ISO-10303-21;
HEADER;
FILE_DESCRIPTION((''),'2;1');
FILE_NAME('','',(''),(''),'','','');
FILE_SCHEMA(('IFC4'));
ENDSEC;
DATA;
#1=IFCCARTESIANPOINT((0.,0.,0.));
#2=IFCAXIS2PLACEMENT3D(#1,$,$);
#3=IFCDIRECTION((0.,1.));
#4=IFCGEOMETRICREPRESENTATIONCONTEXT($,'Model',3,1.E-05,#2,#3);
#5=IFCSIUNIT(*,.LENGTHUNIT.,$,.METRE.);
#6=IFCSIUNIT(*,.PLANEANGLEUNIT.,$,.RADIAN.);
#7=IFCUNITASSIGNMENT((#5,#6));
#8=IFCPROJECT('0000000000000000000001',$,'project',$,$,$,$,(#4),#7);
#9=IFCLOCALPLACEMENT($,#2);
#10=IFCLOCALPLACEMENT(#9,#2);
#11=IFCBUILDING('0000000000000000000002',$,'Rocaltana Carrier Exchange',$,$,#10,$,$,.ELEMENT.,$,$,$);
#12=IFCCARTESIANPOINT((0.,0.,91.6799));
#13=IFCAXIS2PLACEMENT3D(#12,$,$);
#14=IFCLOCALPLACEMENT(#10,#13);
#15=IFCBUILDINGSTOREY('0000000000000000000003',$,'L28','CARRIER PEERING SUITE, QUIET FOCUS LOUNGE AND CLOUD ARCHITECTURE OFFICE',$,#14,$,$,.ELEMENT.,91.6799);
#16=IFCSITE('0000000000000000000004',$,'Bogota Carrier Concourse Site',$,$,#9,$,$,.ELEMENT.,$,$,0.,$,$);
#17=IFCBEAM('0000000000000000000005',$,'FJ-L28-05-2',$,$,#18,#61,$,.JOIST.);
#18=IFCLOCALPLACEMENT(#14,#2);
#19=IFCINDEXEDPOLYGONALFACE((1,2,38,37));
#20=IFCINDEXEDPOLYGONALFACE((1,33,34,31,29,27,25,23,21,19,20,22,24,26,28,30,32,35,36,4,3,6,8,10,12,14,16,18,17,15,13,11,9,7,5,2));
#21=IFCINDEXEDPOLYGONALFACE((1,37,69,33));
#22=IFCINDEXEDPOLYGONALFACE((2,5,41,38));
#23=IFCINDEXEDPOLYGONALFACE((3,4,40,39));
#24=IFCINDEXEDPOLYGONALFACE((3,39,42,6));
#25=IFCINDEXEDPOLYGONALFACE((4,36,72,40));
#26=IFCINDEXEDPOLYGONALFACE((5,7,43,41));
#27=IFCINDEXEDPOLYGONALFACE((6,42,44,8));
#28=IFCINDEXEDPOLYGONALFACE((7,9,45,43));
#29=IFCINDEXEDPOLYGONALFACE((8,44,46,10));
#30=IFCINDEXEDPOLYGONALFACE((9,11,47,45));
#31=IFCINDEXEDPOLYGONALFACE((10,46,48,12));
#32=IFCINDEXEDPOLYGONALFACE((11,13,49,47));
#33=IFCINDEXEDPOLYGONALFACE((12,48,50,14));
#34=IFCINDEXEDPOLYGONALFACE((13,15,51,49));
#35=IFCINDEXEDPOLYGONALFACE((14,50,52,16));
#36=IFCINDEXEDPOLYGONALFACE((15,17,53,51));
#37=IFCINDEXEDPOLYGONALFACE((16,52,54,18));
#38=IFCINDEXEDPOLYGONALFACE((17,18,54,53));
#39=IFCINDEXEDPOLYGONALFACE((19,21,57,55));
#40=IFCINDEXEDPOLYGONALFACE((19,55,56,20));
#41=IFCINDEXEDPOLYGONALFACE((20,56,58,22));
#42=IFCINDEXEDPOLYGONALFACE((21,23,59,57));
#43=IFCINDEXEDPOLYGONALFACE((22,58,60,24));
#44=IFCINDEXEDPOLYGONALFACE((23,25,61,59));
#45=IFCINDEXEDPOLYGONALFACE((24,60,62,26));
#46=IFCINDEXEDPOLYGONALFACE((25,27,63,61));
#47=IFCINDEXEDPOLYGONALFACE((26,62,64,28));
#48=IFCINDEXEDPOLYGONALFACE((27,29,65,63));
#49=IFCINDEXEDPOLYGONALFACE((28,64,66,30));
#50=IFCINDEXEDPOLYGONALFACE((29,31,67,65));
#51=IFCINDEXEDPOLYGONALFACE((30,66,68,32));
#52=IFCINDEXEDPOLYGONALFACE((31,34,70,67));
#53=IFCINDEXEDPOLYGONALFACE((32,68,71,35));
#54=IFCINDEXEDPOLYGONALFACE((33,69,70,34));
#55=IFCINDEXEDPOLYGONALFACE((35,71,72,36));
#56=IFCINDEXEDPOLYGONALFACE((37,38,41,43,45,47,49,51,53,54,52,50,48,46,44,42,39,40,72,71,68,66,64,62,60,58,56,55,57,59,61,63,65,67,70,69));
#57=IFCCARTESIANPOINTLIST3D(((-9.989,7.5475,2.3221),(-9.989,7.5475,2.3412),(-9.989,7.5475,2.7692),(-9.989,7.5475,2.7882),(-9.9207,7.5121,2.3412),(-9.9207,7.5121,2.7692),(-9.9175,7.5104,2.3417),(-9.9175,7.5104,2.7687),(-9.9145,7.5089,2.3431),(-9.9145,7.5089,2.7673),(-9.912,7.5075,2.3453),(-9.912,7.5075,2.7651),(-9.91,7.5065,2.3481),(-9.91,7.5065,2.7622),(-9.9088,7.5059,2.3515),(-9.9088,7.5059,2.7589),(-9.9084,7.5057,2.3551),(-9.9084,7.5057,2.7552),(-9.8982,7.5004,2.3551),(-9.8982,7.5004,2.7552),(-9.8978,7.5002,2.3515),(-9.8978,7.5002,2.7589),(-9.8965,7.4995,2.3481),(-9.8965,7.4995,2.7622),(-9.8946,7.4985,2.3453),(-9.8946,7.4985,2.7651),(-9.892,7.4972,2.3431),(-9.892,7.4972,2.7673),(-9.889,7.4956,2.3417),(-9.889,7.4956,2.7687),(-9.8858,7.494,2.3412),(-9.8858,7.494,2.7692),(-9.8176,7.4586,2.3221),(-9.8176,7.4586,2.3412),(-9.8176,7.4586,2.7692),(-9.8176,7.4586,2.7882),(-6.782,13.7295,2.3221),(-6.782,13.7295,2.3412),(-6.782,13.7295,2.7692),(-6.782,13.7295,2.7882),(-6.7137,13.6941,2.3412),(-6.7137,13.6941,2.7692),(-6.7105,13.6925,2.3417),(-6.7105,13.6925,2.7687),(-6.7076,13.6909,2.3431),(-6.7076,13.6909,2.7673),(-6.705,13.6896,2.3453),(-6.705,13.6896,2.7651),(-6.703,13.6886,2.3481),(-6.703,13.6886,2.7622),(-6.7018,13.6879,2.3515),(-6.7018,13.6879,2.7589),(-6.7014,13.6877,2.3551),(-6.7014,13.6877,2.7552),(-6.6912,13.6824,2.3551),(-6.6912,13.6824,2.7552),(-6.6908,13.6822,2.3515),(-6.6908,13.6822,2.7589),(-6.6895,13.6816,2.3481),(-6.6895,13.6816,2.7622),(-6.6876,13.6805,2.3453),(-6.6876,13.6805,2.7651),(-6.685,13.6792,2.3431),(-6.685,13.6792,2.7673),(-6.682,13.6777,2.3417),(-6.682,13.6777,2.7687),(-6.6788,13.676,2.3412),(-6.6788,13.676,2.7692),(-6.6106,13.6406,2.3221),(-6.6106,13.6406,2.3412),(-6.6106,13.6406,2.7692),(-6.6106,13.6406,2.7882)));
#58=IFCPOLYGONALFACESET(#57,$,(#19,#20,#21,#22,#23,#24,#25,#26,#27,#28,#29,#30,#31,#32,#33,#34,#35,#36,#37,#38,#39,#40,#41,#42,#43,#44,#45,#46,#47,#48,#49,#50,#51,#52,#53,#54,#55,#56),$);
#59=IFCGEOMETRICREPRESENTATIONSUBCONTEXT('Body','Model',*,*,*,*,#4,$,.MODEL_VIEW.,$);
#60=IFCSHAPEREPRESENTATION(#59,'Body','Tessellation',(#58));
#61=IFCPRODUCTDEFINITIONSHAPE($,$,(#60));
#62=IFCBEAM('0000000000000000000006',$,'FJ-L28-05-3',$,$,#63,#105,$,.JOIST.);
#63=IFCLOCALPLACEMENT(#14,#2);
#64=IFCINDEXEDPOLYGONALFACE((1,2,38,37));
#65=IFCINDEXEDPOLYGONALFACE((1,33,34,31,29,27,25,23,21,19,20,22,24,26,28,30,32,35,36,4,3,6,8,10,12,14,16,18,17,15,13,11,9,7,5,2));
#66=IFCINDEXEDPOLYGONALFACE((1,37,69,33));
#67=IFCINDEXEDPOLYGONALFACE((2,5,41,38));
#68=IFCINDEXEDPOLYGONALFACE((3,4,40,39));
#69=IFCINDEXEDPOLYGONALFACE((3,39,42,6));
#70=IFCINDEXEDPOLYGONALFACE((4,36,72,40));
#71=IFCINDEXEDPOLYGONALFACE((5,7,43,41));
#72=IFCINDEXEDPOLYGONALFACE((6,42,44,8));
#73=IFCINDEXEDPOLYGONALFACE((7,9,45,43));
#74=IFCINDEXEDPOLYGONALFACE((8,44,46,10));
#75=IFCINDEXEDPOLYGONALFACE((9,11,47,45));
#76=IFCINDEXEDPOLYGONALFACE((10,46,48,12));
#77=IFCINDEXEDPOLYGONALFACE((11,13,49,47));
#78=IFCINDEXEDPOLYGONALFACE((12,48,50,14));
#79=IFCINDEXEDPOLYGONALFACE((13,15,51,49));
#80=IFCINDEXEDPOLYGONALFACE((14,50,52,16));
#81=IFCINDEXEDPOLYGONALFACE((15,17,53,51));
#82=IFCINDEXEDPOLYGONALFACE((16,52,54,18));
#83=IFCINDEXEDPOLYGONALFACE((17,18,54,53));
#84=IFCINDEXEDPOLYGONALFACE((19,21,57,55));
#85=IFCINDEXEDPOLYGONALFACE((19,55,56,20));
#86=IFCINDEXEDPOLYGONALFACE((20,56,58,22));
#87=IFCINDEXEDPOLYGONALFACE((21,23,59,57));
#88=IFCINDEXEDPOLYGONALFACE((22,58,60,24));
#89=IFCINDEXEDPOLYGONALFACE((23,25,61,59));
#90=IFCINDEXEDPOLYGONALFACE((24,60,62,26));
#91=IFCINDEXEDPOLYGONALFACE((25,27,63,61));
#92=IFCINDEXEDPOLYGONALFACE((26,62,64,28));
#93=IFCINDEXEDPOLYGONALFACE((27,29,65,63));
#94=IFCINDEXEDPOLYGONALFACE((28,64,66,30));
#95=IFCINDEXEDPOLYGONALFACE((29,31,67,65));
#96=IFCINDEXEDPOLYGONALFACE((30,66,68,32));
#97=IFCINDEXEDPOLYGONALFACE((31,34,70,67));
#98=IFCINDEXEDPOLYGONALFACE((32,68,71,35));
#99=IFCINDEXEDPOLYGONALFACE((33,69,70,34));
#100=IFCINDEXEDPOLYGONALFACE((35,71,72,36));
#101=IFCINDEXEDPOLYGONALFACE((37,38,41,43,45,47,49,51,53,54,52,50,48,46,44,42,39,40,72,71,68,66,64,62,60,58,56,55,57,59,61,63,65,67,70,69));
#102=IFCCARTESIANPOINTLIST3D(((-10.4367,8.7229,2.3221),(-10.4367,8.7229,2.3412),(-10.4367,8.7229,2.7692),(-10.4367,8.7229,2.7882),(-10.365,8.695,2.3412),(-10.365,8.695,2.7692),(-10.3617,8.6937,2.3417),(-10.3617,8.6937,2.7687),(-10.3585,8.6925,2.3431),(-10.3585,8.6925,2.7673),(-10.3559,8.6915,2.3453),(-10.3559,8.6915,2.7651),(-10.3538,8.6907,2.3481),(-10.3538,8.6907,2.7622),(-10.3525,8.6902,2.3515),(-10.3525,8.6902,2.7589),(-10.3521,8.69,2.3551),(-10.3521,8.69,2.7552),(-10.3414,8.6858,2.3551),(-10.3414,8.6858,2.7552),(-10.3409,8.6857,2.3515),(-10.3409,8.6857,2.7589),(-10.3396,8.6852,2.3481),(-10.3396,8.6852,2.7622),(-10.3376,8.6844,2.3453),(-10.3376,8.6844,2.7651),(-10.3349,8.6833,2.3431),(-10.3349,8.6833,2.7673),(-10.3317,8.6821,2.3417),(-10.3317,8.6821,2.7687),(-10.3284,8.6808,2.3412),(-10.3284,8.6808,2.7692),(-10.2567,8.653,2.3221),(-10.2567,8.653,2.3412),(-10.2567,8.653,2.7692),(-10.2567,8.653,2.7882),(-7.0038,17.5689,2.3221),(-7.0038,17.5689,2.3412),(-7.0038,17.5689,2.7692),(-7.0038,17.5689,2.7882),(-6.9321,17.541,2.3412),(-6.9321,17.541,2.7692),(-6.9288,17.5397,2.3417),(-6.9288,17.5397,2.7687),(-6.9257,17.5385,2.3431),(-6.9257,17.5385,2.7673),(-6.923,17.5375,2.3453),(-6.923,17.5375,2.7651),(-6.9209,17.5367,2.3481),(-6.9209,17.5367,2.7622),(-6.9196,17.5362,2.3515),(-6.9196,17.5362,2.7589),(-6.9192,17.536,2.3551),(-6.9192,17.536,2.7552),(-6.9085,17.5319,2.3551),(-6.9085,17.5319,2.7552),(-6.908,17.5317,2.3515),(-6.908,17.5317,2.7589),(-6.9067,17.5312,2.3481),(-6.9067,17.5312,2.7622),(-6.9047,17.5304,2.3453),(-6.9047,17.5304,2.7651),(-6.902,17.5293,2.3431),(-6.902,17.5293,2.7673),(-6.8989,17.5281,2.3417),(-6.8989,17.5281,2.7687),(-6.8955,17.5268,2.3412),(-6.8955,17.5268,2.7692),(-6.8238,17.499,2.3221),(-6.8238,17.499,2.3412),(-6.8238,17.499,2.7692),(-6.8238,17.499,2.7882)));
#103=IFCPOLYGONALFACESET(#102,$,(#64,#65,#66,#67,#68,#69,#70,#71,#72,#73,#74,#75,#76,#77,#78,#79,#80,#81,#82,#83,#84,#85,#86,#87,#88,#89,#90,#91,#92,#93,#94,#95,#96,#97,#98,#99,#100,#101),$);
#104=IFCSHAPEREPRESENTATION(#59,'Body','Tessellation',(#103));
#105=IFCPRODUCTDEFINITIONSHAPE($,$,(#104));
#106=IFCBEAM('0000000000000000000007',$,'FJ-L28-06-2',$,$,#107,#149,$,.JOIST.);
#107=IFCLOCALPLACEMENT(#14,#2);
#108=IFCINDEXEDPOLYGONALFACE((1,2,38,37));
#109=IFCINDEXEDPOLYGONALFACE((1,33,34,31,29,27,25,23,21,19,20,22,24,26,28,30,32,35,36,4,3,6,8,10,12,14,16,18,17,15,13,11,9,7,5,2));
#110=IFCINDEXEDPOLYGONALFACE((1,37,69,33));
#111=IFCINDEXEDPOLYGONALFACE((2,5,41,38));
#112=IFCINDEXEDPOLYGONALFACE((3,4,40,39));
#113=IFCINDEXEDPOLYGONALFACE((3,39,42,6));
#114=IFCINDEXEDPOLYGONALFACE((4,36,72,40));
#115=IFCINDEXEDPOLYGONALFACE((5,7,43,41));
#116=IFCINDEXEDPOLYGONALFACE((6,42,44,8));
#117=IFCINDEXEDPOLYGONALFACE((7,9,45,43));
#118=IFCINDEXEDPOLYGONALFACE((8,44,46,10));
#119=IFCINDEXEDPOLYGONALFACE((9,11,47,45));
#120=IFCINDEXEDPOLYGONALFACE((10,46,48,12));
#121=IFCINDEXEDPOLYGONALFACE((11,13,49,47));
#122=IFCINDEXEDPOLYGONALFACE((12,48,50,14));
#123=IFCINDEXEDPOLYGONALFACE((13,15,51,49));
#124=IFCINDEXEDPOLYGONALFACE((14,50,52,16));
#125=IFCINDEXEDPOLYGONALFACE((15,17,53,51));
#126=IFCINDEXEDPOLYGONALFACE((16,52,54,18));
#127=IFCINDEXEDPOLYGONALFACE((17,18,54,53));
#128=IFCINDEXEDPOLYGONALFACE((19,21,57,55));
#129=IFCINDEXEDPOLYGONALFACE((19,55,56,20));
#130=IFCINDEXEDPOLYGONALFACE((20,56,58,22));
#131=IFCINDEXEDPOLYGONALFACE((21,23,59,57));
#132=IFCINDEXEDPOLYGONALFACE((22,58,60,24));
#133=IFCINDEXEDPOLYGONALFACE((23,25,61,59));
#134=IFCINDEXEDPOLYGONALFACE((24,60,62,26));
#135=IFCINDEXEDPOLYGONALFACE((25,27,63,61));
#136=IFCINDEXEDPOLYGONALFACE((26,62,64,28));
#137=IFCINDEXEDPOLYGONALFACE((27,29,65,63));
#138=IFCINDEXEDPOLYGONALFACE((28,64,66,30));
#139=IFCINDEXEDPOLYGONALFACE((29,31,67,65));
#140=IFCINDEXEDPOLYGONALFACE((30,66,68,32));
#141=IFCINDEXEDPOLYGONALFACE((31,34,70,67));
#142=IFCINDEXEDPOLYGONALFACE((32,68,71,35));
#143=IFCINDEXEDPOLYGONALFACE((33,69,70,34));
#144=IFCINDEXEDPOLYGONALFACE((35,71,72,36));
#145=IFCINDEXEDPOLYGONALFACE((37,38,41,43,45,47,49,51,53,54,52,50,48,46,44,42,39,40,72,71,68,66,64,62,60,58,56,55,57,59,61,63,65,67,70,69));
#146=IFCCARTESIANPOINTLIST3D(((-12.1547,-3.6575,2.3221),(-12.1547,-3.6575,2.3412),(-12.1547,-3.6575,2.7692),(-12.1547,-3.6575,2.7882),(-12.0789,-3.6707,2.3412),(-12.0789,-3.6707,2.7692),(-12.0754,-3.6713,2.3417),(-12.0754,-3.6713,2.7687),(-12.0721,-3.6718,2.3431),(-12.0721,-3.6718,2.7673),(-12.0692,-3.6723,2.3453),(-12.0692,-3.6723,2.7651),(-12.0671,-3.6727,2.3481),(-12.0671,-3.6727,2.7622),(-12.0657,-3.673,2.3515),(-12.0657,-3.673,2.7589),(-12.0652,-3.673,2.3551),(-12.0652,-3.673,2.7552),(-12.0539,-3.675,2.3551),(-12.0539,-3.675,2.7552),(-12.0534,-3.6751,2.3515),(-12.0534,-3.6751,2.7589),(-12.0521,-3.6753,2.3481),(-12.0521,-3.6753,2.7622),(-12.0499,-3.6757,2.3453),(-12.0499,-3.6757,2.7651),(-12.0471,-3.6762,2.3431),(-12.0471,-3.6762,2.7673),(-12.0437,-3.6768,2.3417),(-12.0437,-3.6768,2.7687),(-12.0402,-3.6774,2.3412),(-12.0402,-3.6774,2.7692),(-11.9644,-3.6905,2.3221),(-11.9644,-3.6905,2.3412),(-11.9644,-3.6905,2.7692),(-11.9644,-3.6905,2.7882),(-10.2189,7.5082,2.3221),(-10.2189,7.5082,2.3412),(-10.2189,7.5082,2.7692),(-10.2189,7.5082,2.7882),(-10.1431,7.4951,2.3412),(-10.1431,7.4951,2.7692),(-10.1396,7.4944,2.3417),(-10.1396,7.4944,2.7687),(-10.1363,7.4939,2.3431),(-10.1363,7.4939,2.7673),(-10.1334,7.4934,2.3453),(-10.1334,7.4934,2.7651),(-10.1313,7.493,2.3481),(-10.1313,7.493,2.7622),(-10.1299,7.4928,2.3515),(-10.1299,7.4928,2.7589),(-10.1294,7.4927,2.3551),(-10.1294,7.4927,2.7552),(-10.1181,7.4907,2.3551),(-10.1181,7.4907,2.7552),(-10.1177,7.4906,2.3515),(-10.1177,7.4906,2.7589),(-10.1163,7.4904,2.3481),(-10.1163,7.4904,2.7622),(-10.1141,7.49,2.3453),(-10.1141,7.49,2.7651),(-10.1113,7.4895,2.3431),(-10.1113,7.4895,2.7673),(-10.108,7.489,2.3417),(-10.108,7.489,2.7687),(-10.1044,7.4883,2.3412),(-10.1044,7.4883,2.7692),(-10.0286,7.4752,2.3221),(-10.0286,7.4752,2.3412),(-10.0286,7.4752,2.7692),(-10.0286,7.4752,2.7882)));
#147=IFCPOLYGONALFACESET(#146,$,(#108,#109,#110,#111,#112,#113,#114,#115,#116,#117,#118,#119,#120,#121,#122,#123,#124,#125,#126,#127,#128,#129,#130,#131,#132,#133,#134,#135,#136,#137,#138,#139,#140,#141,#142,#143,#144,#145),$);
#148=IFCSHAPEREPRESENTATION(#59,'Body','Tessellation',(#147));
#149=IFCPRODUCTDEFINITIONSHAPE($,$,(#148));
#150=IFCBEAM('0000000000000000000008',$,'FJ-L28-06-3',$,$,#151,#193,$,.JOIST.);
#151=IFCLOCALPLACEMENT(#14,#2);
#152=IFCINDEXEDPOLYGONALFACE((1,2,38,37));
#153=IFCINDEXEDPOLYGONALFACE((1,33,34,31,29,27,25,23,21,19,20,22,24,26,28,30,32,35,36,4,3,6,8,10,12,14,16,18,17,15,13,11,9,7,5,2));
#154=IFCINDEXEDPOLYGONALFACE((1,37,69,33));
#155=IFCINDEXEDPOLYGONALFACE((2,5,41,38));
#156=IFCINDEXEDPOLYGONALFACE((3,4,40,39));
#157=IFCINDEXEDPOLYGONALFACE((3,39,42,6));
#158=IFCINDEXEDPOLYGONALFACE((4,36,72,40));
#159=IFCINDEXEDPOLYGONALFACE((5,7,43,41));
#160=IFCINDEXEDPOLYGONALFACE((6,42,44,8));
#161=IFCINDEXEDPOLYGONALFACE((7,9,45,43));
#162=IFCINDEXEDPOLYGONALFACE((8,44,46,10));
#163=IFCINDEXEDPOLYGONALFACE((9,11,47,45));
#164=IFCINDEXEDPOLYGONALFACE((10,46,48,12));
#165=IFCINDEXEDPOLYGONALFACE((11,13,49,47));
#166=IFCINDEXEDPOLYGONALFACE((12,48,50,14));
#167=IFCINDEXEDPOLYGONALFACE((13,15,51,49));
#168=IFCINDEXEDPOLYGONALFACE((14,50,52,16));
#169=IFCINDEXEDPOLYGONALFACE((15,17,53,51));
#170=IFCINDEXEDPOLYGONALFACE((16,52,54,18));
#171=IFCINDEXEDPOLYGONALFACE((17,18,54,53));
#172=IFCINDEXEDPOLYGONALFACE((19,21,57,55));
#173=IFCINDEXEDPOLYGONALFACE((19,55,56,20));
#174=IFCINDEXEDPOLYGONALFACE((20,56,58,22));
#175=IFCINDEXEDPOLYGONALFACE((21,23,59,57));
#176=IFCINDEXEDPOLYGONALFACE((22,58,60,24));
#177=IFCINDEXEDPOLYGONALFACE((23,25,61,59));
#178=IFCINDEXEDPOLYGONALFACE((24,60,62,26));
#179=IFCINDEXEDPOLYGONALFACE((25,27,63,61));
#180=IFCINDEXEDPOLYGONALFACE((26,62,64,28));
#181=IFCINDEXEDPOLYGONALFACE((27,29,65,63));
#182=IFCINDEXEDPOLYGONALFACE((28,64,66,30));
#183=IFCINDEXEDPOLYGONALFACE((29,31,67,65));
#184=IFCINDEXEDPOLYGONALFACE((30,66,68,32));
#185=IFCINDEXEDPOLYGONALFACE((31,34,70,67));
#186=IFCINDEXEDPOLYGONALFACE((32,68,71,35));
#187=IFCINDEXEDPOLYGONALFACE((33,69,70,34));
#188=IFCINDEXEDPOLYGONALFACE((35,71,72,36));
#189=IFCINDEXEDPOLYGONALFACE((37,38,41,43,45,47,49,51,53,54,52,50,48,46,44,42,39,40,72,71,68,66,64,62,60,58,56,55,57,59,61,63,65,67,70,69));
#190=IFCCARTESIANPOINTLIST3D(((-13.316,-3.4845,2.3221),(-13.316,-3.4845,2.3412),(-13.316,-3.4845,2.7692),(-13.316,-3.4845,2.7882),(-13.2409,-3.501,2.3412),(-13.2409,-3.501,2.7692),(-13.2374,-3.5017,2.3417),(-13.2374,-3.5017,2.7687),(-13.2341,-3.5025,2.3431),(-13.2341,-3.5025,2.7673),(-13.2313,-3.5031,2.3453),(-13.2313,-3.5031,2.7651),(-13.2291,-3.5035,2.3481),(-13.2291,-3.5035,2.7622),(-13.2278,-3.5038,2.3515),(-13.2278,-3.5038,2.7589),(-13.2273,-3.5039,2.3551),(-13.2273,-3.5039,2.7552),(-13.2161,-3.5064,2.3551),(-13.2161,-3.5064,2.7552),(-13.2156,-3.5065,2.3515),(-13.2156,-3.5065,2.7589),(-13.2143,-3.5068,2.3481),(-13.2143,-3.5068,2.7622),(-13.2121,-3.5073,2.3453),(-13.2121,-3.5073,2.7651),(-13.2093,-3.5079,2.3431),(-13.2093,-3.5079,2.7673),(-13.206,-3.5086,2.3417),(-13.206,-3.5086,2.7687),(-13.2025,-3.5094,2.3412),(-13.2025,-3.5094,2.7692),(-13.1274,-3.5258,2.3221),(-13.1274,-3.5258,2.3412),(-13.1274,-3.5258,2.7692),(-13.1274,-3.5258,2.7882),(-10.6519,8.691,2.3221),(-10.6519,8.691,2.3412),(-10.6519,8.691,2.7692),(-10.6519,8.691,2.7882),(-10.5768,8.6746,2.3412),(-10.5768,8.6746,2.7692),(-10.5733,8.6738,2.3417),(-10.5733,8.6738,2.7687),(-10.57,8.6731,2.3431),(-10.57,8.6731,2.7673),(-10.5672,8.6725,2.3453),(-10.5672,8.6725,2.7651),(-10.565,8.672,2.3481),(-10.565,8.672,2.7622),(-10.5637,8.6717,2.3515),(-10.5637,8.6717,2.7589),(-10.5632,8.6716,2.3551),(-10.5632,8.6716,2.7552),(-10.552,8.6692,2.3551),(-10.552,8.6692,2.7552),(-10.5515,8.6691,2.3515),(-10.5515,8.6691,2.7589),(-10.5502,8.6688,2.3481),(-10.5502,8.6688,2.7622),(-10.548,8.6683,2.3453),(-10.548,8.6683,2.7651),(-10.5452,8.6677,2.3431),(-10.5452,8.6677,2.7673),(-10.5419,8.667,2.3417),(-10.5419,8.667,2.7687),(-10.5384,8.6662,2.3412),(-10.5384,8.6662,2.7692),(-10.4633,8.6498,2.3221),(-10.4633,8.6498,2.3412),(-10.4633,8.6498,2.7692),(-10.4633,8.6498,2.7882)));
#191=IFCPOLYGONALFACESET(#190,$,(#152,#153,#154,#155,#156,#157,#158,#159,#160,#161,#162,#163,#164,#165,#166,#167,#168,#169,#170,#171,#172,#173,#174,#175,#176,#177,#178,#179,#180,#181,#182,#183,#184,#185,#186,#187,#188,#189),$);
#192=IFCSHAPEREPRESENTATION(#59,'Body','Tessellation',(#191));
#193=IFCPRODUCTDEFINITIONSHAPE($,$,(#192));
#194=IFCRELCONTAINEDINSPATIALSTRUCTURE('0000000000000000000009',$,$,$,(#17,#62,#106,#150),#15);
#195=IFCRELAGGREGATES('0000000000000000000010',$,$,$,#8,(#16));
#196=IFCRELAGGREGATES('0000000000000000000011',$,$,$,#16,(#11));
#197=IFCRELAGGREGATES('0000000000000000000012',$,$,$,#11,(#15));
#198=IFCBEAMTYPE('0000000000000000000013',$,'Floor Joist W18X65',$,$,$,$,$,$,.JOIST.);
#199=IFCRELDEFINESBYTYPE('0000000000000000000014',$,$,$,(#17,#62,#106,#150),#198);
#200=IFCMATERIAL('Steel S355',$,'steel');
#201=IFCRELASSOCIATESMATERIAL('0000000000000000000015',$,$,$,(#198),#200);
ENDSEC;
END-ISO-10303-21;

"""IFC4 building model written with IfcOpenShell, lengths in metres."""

from ifc_helpers import new_model, si_unit, direction, frame, origin, origin_2d, place, context, subcontext, project, spatial, i_section, extrude, material, material_profile, profile_set, type_object, element, save


model = new_model("IFC4")

# Units and contexts
model_context = context("Model", 3, precision=1e-05, world=origin(), true_north=direction((0.0, 1.0)))
body_context = subcontext(model_context, "Body", "Model", "MODEL_VIEW")
ifc_project = project(units=[si_unit("LENGTHUNIT", "METRE"), si_unit("PLANEANGLEUNIT", "RADIAN")], contexts=[model_context])

# Site, building, storey
site_placement = place(None, origin())
site = spatial("IfcSite", under=ifc_project, at=site_placement, Name="Bogota Carrier Concourse Site", CompositionType="ELEMENT", RefElevation=0.0)
building_placement = place(site_placement, origin())
building = spatial("IfcBuilding", under=site, at=building_placement, Name="Rocaltana Carrier Exchange", CompositionType="ELEMENT")
storey_placement = place(building_placement, frame((0.0, 0.0, 91.6799)))
storey = spatial("IfcBuildingStorey", under=building, at=storey_placement, Name="L28", Description="CARRIER PEERING SUITE, QUIET FOCUS LOUNGE AND CLOUD ARCHITECTURE OFFICE", CompositionType="ELEMENT", Elevation=91.6799)

# Beams
ifc_material_1 = material(Name="Steel S355", Category="steel")
ifc_material_profile_1 = material_profile(ifc_material_1, i_section(OverallWidth=0.1931, OverallDepth=0.4661, WebThickness=0.0115, FlangeThickness=0.019, FilletRadius=0.0139, at=origin_2d()), Name="W18X65")
ifc_profile_set_1 = profile_set([ifc_material_profile_1], Name="Steel S355")
beam_type_1 = type_object("IfcBeamType", Name="Floor Joist W18X65", PredefinedType="JOIST", material=ifc_profile_set_1)
beam_1_placement = place(storey_placement, frame((-6.6963, 13.6851, 2.5552), z_axis=(-0.460485, -0.887668, 0.0), x_axis=(0.887668, -0.460485, 0.0)))
element("IfcBeam", 1, at=beam_1_placement, inside=storey, type_object=beam_type_1, Name="FJ-L28-05-2", PredefinedType="JOIST", context=body_context, shape_type="SweptSolid", body=[
    extrude(i_section(OverallWidth=0.1931, OverallDepth=0.4661, WebThickness=0.0115, FlangeThickness=0.019, FilletRadius=0.0139, at=origin_2d()), origin(), (0.0, 0.0, 1.0), 6.9644),
])
beam_2_placement = place(storey_placement, frame((-6.9138, 17.5339, 2.5552), z_axis=(-0.361784, -0.932262, 0.0), x_axis=(0.932262, -0.361784, 0.0)))
element("IfcBeam", 2, at=beam_2_placement, inside=storey, type_object=beam_type_1, Name="FJ-L28-05-3", PredefinedType="JOIST", context=body_context, shape_type="SweptSolid", body=[
    extrude(i_section(OverallWidth=0.1931, OverallDepth=0.4661, WebThickness=0.0115, FlangeThickness=0.019, FilletRadius=0.0139, at=origin_2d()), origin(), (0.0, 0.0, 1.0), 9.4888),
])
beam_3_placement = place(storey_placement, frame((-10.1238, 7.4917, 2.5552), z_axis=(-0.17082, -0.985302, 0.0), x_axis=(0.985302, -0.17082, 0.0)))
element("IfcBeam", 3, at=beam_3_placement, inside=storey, type_object=beam_type_1, Name="FJ-L28-06-2", PredefinedType="JOIST", context=body_context, shape_type="SweptSolid", body=[
    extrude(i_section(OverallWidth=0.1931, OverallDepth=0.4661, WebThickness=0.0115, FlangeThickness=0.019, FilletRadius=0.0139, at=origin_2d()), origin(), (0.0, 0.0, 1.0), 11.3323),
])
beam_4_placement = place(storey_placement, frame((-10.5576, 8.6704, 2.5552), z_axis=(-0.213748, -0.976889, 0.0), x_axis=(0.976889, -0.213748, 0.0)))
element("IfcBeam", 4, at=beam_4_placement, inside=storey, type_object=beam_type_1, Name="FJ-L28-06-3", PredefinedType="JOIST", context=body_context, shape_type="SweptSolid", body=[
    extrude(i_section(OverallWidth=0.1931, OverallDepth=0.4661, WebThickness=0.0115, FlangeThickness=0.019, FilletRadius=0.0139, at=origin_2d()), origin(), (0.0, 0.0, 1.0), 12.4636),
])

save(model, "model.ifc")
